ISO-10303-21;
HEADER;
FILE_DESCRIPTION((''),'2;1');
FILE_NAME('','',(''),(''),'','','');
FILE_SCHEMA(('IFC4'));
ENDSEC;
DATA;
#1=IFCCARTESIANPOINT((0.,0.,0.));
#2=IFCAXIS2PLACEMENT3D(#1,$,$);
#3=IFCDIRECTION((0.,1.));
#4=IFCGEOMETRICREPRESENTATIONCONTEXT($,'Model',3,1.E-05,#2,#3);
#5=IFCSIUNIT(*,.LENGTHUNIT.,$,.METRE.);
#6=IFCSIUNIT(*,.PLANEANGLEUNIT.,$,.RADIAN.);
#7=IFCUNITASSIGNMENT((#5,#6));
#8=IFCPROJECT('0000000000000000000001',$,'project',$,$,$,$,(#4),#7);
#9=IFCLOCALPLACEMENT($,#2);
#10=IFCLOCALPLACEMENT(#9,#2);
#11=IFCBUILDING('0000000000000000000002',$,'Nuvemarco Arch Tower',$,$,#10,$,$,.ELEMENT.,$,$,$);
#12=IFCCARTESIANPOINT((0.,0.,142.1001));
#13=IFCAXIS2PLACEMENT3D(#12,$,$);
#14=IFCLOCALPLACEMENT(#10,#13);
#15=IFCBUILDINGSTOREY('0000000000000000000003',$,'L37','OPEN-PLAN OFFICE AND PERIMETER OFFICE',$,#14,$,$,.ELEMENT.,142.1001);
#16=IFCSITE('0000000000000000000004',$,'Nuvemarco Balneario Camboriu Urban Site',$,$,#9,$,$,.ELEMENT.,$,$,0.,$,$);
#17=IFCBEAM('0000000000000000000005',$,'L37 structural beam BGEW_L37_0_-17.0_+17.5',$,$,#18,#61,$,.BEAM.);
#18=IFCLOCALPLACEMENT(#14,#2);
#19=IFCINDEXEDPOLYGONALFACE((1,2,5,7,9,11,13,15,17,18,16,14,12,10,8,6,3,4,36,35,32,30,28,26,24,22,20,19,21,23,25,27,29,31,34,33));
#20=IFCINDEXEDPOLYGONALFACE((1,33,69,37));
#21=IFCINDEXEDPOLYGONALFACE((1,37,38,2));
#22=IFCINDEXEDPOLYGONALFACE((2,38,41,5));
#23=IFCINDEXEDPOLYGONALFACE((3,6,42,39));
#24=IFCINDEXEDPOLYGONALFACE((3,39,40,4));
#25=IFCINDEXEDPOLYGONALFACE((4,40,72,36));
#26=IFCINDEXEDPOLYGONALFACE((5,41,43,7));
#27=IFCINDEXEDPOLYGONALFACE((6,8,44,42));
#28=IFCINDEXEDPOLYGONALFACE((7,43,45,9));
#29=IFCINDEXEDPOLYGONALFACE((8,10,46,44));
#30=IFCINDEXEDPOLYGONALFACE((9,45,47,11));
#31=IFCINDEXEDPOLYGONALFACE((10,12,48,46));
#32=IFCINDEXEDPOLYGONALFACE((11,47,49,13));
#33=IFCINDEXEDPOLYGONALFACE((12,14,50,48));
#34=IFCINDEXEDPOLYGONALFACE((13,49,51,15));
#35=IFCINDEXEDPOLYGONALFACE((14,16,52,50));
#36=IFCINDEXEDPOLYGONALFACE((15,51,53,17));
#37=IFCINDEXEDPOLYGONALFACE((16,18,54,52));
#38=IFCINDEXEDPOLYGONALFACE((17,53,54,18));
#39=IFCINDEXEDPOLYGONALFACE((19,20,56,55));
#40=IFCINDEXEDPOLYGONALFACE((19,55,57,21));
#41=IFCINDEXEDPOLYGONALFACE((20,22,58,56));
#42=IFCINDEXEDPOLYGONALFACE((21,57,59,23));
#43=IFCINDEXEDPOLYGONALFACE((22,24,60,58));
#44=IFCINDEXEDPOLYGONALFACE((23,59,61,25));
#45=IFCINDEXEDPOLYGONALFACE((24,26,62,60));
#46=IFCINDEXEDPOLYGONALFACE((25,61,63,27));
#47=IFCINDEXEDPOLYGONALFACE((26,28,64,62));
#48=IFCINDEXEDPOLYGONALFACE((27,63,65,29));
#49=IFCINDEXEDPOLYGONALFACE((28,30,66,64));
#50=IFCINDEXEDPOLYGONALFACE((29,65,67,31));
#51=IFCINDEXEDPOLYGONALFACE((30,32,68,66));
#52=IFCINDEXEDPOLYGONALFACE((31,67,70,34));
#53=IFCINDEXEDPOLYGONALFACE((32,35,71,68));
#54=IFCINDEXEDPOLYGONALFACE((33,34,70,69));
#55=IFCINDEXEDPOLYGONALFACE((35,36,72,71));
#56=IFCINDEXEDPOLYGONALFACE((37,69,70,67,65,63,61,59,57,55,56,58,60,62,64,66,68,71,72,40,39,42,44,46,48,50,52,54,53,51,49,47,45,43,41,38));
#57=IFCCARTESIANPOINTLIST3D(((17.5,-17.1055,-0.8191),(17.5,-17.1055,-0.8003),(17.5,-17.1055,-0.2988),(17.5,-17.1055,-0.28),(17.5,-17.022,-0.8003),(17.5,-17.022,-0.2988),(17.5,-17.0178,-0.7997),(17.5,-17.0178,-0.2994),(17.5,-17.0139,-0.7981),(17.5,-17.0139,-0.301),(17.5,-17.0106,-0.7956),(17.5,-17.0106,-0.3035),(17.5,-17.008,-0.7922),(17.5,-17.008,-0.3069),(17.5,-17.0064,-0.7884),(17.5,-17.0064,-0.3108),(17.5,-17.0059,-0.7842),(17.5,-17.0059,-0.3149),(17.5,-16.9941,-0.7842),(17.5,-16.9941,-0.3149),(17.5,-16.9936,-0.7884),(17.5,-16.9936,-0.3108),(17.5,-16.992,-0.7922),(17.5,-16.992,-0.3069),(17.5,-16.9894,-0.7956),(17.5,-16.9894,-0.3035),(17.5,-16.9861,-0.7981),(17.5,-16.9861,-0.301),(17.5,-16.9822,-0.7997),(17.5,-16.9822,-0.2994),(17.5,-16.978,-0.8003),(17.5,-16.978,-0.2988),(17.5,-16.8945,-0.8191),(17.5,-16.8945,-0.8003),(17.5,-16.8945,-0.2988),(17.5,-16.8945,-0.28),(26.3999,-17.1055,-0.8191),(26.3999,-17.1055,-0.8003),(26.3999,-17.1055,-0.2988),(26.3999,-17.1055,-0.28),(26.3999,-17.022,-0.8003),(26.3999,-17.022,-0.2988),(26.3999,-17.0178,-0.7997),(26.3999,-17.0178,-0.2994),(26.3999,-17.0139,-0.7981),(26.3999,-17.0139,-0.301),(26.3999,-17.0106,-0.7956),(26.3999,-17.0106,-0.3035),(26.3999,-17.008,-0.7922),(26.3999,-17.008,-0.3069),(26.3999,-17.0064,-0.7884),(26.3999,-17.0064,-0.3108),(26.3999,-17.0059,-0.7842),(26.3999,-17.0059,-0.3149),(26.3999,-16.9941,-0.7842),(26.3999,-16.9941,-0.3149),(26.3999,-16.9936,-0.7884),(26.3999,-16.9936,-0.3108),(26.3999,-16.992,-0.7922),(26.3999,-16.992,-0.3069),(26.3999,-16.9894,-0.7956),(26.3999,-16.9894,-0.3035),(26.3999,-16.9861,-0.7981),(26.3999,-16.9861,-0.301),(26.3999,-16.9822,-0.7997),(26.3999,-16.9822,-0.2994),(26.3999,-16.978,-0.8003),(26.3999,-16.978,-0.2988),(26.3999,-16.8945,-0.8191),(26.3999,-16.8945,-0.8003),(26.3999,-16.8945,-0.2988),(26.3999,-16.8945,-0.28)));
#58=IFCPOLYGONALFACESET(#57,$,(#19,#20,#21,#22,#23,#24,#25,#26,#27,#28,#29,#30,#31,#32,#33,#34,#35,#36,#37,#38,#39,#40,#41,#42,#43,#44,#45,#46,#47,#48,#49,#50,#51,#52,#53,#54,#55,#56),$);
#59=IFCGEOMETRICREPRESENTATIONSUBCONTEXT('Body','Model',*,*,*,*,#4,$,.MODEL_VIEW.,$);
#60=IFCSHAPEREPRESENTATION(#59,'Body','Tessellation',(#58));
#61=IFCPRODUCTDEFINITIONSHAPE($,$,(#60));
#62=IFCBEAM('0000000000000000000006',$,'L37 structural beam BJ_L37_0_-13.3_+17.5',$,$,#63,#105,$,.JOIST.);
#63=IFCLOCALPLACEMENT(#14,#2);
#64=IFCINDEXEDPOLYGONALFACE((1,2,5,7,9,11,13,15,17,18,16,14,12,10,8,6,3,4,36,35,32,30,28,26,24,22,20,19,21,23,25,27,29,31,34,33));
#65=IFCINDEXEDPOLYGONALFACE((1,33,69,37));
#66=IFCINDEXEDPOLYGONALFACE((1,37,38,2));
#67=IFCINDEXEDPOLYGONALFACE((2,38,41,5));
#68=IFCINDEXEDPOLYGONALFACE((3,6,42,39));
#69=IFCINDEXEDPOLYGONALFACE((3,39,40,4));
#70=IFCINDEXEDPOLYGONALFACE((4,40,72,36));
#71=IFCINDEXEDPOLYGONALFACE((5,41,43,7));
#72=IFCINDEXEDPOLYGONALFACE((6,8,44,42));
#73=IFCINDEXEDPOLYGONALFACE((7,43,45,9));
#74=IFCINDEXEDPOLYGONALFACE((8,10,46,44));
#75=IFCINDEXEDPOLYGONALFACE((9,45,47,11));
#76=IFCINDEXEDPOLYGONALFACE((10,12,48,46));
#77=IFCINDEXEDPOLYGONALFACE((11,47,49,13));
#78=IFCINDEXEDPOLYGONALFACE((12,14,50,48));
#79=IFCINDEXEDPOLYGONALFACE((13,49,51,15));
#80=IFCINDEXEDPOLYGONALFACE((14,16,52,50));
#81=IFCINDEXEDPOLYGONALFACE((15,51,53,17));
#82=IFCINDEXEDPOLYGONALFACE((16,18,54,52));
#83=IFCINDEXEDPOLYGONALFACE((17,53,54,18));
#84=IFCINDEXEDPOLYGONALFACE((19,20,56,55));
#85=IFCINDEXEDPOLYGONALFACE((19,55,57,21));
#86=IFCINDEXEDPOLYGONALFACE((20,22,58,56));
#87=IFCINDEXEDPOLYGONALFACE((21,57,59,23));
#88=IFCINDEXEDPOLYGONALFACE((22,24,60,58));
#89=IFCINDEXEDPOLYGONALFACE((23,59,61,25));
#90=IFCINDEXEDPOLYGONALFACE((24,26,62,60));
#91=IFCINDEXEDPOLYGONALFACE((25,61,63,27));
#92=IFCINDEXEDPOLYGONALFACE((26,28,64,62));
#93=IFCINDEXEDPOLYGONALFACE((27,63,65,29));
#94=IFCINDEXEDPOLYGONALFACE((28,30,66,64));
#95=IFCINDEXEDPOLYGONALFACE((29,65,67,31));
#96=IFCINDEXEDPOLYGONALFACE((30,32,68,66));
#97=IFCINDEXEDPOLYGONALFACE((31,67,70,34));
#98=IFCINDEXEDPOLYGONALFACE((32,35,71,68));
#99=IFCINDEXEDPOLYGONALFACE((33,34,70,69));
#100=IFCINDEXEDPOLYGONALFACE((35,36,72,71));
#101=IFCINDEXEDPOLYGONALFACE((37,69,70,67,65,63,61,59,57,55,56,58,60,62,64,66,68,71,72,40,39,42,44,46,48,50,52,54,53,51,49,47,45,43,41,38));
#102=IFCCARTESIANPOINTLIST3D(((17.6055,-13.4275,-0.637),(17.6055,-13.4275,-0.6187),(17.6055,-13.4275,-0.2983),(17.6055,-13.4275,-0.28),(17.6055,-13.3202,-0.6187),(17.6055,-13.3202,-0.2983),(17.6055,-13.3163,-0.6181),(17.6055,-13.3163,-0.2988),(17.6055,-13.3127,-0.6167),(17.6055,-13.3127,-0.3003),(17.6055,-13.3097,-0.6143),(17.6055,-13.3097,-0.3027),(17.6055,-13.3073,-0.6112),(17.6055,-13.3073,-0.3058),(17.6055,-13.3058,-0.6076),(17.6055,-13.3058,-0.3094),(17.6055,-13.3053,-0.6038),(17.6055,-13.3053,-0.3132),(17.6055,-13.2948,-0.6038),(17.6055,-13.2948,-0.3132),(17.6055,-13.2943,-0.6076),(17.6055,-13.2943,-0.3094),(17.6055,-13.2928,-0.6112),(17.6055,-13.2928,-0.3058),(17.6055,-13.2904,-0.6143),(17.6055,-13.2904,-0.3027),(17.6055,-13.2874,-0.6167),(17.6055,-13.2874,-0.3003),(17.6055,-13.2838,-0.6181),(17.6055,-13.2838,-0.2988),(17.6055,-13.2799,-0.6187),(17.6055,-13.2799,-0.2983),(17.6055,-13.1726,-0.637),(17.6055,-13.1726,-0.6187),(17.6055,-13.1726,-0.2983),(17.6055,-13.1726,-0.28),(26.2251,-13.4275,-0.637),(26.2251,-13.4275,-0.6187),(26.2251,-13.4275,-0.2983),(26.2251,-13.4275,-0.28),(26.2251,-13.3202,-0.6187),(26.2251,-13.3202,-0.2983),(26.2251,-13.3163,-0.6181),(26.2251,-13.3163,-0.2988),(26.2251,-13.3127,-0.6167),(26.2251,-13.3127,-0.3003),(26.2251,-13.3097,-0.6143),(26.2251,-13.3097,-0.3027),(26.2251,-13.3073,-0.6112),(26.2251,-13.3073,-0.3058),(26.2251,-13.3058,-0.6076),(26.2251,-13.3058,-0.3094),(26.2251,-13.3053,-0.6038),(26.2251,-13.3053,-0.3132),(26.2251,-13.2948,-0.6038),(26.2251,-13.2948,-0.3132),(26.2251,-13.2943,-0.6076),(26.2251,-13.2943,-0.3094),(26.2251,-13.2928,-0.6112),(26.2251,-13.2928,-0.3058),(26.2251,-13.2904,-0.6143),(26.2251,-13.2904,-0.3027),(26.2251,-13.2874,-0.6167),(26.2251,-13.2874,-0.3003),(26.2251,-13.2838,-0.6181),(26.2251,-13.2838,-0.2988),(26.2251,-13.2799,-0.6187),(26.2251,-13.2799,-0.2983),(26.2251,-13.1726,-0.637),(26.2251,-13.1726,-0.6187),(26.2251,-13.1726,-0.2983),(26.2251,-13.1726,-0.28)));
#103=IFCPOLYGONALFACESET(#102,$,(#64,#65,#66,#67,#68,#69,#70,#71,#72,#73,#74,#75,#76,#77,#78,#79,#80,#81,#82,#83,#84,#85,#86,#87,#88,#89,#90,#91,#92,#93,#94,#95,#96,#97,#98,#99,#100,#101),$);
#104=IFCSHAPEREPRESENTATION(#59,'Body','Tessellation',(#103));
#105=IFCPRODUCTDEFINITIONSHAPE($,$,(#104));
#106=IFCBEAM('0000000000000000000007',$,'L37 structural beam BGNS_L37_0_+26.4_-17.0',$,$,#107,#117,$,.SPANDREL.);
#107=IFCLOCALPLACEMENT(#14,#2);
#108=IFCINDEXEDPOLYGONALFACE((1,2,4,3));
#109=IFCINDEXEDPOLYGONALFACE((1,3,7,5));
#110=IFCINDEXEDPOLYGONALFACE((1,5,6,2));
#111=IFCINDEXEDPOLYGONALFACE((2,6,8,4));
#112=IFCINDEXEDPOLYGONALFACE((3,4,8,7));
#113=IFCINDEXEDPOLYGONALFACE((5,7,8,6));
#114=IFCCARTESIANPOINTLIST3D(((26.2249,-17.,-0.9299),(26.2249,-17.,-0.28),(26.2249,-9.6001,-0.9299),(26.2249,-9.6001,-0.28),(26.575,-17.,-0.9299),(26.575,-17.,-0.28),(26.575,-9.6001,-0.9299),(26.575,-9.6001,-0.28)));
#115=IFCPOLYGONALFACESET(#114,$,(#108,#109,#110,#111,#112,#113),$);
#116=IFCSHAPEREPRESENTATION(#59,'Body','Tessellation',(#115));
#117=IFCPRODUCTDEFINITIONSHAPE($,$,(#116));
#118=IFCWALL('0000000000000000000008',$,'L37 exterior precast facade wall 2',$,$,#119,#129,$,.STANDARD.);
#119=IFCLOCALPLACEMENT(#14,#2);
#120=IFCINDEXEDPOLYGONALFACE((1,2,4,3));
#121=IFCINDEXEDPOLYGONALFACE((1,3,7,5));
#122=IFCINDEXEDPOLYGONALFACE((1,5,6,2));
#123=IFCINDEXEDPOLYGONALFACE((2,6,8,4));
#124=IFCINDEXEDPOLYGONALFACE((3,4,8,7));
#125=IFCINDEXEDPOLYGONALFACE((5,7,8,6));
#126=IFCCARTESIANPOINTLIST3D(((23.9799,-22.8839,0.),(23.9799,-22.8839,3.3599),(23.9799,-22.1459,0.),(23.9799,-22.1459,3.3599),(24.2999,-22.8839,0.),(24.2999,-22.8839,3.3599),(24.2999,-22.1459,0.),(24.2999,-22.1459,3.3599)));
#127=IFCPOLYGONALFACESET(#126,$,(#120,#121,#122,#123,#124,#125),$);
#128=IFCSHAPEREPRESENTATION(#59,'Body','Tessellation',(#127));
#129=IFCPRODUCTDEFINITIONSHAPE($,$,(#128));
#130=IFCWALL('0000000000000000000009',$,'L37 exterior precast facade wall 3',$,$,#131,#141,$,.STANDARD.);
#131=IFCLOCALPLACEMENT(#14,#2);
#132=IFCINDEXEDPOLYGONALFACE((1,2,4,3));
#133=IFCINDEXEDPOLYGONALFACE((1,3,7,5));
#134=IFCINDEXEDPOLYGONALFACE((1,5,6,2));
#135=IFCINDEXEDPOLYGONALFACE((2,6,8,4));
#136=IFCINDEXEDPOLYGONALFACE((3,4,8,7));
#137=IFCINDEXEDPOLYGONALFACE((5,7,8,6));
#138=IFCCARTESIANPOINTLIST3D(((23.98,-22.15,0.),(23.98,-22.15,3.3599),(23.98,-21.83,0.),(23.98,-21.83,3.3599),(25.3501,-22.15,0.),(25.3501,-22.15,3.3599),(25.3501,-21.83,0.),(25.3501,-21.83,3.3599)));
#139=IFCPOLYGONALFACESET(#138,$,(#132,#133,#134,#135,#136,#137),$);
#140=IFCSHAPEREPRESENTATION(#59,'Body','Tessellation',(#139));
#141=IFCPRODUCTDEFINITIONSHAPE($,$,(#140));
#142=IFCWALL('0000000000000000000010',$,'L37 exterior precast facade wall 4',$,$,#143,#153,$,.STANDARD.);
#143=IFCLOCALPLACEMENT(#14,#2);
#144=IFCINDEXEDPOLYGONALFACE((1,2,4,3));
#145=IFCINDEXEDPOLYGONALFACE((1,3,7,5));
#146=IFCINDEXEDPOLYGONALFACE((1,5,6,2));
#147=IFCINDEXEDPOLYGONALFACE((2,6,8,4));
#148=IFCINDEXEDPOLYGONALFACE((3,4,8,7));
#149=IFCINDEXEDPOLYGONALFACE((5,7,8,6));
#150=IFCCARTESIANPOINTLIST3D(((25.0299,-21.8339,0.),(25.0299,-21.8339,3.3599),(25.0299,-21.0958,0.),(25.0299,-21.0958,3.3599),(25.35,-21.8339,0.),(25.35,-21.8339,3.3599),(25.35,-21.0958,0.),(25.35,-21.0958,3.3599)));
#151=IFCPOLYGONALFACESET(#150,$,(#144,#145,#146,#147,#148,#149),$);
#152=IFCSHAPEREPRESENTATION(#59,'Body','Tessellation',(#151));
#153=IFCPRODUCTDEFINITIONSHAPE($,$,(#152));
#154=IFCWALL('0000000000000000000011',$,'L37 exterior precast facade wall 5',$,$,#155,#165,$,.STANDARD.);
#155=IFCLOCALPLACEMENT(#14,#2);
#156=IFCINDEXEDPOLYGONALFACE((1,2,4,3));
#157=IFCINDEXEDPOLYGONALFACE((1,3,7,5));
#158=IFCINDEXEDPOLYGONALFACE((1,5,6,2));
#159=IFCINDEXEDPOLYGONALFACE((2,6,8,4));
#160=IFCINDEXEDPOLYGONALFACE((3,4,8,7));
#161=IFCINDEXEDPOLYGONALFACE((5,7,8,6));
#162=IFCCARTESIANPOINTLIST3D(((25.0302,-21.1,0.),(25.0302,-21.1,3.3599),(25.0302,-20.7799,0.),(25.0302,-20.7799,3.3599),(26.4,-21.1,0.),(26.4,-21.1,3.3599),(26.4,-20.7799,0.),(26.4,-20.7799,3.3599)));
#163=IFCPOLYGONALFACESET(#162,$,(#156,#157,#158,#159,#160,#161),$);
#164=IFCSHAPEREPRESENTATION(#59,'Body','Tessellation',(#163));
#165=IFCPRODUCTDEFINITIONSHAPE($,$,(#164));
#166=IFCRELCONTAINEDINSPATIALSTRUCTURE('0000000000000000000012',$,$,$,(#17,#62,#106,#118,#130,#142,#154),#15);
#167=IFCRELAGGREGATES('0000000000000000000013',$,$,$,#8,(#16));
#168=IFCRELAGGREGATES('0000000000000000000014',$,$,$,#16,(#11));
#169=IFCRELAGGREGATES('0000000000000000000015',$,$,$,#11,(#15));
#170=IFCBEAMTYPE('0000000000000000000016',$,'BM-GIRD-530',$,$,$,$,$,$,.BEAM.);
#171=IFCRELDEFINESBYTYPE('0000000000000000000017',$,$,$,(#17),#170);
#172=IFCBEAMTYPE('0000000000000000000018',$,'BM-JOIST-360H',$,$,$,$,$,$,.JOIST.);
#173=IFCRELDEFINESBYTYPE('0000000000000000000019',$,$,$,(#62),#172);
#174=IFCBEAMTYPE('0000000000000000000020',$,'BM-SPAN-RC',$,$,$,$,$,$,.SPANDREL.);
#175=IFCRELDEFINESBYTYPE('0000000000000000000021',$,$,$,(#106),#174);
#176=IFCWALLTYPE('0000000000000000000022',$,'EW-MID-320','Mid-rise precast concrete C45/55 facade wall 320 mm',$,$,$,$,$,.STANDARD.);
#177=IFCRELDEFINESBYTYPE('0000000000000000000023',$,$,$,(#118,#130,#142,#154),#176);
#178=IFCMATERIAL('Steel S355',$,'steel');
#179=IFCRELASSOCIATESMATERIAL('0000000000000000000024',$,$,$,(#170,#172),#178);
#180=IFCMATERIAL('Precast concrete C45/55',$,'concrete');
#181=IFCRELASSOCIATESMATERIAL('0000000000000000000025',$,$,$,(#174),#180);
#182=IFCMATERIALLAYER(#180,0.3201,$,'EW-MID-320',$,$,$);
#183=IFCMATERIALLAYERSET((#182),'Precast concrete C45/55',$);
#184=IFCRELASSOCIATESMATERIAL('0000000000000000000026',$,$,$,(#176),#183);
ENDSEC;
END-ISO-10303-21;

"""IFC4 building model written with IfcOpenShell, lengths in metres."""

from ifc_helpers import new_model, si_unit, direction, frame, frame_2d, origin, origin_2d, place, context, subcontext, project, spatial, rectangle, i_section, extrude, material, layer, layer_set, material_profile, profile_set, type_object, element, save


model = new_model("IFC4")

# Units and contexts
model_context = context("Model", 3, precision=1e-05, world=origin(), true_north=direction((0.0, 1.0)))
body_context = subcontext(model_context, "Body", "Model", "MODEL_VIEW")
ifc_project = project(units=[si_unit("LENGTHUNIT", "METRE"), si_unit("PLANEANGLEUNIT", "RADIAN")], contexts=[model_context])

# Site, building, storey
site_placement = place(None, origin())
site = spatial("IfcSite", under=ifc_project, at=site_placement, Name="Nuvemarco Balneario Camboriu Urban Site", CompositionType="ELEMENT", RefElevation=0.0)
building_placement = place(site_placement, origin())
building = spatial("IfcBuilding", under=site, at=building_placement, Name="Nuvemarco Arch Tower", CompositionType="ELEMENT")
storey_placement = place(building_placement, frame((0.0, 0.0, 142.1001)))
storey = spatial("IfcBuildingStorey", under=building, at=storey_placement, Name="L37", Description="OPEN-PLAN OFFICE AND PERIMETER OFFICE", CompositionType="ELEMENT", Elevation=142.1001)

# Shared definitions
ifc_material_1 = material(Name="Steel S355", Category="steel")

# Beams
ifc_material_profile_1 = material_profile(ifc_material_1, i_section(OverallWidth=0.2109, OverallDepth=0.5391, WebThickness=0.0117, FlangeThickness=0.0188, FilletRadius=0.0161, at=origin_2d()), Name="W530x109")
ifc_profile_set_1 = profile_set([ifc_material_profile_1], Name="Steel S355")
beam_type_1 = type_object("IfcBeamType", Name="BM-GIRD-530", PredefinedType="BEAM", material=ifc_profile_set_1)
beam_1_placement = place(storey_placement, frame((17.5, -17.0, -0.5496), z_axis=(1.0, 0.0, 0.0), x_axis=(0.0, 1.0, 0.0)))
element("IfcBeam", 1, at=beam_1_placement, inside=storey, type_object=beam_type_1, Name="L37 structural beam BGEW_L37_0_-17.0_+17.5", PredefinedType="BEAM", context=body_context, shape_type="SweptSolid", body=[
    extrude(i_section(OverallWidth=0.2109, OverallDepth=0.5391, WebThickness=0.0117, FlangeThickness=0.0188, FilletRadius=0.0161, at=origin_2d()), origin(), (0.0, 0.0, 1.0), 8.8999),
])
ifc_material_profile_2 = material_profile(ifc_material_1, i_section(OverallWidth=0.2549, OverallDepth=0.3569, WebThickness=0.0105, FlangeThickness=0.0183, FilletRadius=0.0149, at=origin_2d()), Name="W360x101")
ifc_profile_set_2 = profile_set([ifc_material_profile_2], Name="Steel S355")
beam_type_2 = type_object("IfcBeamType", Name="BM-JOIST-360H", PredefinedType="JOIST", material=ifc_profile_set_2)
beam_2_placement = place(storey_placement, frame((17.6055, -13.3, -0.4585), z_axis=(1.0, 0.0, 0.0), x_axis=(0.0, 1.0, 0.0)))
element("IfcBeam", 2, at=beam_2_placement, inside=storey, type_object=beam_type_2, Name="L37 structural beam BJ_L37_0_-13.3_+17.5", PredefinedType="JOIST", context=body_context, shape_type="SweptSolid", body=[
    extrude(i_section(OverallWidth=0.2549, OverallDepth=0.3569, WebThickness=0.0105, FlangeThickness=0.0183, FilletRadius=0.0149, at=origin_2d()), origin(), (0.0, 0.0, 1.0), 8.6196),
])
ifc_material_2 = material(Name="Precast concrete C45/55", Category="concrete")
ifc_material_profile_3 = material_profile(ifc_material_2, rectangle(XDim=0.3501, YDim=0.6499, at=origin_2d()), Name="PC-SP-350x650")
ifc_profile_set_3 = profile_set([ifc_material_profile_3], Name="Precast concrete C45/55")
beam_type_3 = type_object("IfcBeamType", Name="BM-SPAN-RC", PredefinedType="SPANDREL", material=ifc_profile_set_3)
beam_3_placement = place(storey_placement, frame((26.3999, -17.0, -0.605), z_axis=(0.0, 1.0, 0.0), x_axis=(-1.0, 0.0, 0.0)))
element("IfcBeam", 3, at=beam_3_placement, inside=storey, type_object=beam_type_3, Name="L37 structural beam BGNS_L37_0_+26.4_-17.0", PredefinedType="SPANDREL", context=body_context, shape_type="SweptSolid", body=[
    extrude(rectangle(XDim=0.3501, YDim=0.6499, at=origin_2d()), origin(), (0.0, 0.0, 1.0), 7.3999),
])

# Walls
ifc_layer_1 = layer(ifc_material_2, 0.3201, Name="EW-MID-320")
ifc_layer_set_1 = layer_set([ifc_layer_1], Name="Precast concrete C45/55")
wall_type_1 = type_object("IfcWallType", Name="EW-MID-320", Description="Mid-rise precast concrete C45/55 facade wall 320 mm", PredefinedType="STANDARD", material=ifc_layer_set_1)
wall_1_placement = place(storey_placement, frame((24.1399, -22.884, 0.0), z_axis=(0.0, 0.0, 1.0), x_axis=(0.0, 1.0, 0.0)))
element("IfcWall", 4, at=wall_1_placement, inside=storey, type_object=wall_type_1, Name="L37 exterior precast facade wall 2", PredefinedType="STANDARD", context=body_context, shape_type="SweptSolid", body=[
    extrude(rectangle(XDim=0.738, YDim=0.3201, at=frame_2d((0.3691, 0.0))), origin(), (0.0, 0.0, 1.0), 3.3599),
])
wall_2_placement = place(storey_placement, frame((23.98, -21.99, 0.0), z_axis=(0.0, 0.0, 1.0), x_axis=(1.0, 0.0, 0.0)))
element("IfcWall", 5, at=wall_2_placement, inside=storey, type_object=wall_type_1, Name="L37 exterior precast facade wall 3", PredefinedType="STANDARD", context=body_context, shape_type="SweptSolid", body=[
    extrude(rectangle(XDim=1.3701, YDim=0.3201, at=frame_2d((0.6851, 0.0))), origin(), (0.0, 0.0, 1.0), 3.3599),
])
wall_3_placement = place(storey_placement, frame((25.1899, -21.834, 0.0), z_axis=(0.0, 0.0, 1.0), x_axis=(0.0, 1.0, 0.0)))
element("IfcWall", 6, at=wall_3_placement, inside=storey, type_object=wall_type_1, Name="L37 exterior precast facade wall 4", PredefinedType="STANDARD", context=body_context, shape_type="SweptSolid", body=[
    extrude(rectangle(XDim=0.738, YDim=0.3201, at=frame_2d((0.3691, 0.0))), origin(), (0.0, 0.0, 1.0), 3.3599),
])
wall_4_placement = place(storey_placement, frame((25.03, -20.9399, 0.0), z_axis=(0.0, 0.0, 1.0), x_axis=(1.0, 0.0, 0.0)))
element("IfcWall", 7, at=wall_4_placement, inside=storey, type_object=wall_type_1, Name="L37 exterior precast facade wall 5", PredefinedType="STANDARD", context=body_context, shape_type="SweptSolid", body=[
    extrude(rectangle(XDim=1.3699, YDim=0.3201, at=frame_2d((0.6851, 0.0))), origin(), (0.0, 0.0, 1.0), 3.3599),
])

save(model, "model.ifc")
